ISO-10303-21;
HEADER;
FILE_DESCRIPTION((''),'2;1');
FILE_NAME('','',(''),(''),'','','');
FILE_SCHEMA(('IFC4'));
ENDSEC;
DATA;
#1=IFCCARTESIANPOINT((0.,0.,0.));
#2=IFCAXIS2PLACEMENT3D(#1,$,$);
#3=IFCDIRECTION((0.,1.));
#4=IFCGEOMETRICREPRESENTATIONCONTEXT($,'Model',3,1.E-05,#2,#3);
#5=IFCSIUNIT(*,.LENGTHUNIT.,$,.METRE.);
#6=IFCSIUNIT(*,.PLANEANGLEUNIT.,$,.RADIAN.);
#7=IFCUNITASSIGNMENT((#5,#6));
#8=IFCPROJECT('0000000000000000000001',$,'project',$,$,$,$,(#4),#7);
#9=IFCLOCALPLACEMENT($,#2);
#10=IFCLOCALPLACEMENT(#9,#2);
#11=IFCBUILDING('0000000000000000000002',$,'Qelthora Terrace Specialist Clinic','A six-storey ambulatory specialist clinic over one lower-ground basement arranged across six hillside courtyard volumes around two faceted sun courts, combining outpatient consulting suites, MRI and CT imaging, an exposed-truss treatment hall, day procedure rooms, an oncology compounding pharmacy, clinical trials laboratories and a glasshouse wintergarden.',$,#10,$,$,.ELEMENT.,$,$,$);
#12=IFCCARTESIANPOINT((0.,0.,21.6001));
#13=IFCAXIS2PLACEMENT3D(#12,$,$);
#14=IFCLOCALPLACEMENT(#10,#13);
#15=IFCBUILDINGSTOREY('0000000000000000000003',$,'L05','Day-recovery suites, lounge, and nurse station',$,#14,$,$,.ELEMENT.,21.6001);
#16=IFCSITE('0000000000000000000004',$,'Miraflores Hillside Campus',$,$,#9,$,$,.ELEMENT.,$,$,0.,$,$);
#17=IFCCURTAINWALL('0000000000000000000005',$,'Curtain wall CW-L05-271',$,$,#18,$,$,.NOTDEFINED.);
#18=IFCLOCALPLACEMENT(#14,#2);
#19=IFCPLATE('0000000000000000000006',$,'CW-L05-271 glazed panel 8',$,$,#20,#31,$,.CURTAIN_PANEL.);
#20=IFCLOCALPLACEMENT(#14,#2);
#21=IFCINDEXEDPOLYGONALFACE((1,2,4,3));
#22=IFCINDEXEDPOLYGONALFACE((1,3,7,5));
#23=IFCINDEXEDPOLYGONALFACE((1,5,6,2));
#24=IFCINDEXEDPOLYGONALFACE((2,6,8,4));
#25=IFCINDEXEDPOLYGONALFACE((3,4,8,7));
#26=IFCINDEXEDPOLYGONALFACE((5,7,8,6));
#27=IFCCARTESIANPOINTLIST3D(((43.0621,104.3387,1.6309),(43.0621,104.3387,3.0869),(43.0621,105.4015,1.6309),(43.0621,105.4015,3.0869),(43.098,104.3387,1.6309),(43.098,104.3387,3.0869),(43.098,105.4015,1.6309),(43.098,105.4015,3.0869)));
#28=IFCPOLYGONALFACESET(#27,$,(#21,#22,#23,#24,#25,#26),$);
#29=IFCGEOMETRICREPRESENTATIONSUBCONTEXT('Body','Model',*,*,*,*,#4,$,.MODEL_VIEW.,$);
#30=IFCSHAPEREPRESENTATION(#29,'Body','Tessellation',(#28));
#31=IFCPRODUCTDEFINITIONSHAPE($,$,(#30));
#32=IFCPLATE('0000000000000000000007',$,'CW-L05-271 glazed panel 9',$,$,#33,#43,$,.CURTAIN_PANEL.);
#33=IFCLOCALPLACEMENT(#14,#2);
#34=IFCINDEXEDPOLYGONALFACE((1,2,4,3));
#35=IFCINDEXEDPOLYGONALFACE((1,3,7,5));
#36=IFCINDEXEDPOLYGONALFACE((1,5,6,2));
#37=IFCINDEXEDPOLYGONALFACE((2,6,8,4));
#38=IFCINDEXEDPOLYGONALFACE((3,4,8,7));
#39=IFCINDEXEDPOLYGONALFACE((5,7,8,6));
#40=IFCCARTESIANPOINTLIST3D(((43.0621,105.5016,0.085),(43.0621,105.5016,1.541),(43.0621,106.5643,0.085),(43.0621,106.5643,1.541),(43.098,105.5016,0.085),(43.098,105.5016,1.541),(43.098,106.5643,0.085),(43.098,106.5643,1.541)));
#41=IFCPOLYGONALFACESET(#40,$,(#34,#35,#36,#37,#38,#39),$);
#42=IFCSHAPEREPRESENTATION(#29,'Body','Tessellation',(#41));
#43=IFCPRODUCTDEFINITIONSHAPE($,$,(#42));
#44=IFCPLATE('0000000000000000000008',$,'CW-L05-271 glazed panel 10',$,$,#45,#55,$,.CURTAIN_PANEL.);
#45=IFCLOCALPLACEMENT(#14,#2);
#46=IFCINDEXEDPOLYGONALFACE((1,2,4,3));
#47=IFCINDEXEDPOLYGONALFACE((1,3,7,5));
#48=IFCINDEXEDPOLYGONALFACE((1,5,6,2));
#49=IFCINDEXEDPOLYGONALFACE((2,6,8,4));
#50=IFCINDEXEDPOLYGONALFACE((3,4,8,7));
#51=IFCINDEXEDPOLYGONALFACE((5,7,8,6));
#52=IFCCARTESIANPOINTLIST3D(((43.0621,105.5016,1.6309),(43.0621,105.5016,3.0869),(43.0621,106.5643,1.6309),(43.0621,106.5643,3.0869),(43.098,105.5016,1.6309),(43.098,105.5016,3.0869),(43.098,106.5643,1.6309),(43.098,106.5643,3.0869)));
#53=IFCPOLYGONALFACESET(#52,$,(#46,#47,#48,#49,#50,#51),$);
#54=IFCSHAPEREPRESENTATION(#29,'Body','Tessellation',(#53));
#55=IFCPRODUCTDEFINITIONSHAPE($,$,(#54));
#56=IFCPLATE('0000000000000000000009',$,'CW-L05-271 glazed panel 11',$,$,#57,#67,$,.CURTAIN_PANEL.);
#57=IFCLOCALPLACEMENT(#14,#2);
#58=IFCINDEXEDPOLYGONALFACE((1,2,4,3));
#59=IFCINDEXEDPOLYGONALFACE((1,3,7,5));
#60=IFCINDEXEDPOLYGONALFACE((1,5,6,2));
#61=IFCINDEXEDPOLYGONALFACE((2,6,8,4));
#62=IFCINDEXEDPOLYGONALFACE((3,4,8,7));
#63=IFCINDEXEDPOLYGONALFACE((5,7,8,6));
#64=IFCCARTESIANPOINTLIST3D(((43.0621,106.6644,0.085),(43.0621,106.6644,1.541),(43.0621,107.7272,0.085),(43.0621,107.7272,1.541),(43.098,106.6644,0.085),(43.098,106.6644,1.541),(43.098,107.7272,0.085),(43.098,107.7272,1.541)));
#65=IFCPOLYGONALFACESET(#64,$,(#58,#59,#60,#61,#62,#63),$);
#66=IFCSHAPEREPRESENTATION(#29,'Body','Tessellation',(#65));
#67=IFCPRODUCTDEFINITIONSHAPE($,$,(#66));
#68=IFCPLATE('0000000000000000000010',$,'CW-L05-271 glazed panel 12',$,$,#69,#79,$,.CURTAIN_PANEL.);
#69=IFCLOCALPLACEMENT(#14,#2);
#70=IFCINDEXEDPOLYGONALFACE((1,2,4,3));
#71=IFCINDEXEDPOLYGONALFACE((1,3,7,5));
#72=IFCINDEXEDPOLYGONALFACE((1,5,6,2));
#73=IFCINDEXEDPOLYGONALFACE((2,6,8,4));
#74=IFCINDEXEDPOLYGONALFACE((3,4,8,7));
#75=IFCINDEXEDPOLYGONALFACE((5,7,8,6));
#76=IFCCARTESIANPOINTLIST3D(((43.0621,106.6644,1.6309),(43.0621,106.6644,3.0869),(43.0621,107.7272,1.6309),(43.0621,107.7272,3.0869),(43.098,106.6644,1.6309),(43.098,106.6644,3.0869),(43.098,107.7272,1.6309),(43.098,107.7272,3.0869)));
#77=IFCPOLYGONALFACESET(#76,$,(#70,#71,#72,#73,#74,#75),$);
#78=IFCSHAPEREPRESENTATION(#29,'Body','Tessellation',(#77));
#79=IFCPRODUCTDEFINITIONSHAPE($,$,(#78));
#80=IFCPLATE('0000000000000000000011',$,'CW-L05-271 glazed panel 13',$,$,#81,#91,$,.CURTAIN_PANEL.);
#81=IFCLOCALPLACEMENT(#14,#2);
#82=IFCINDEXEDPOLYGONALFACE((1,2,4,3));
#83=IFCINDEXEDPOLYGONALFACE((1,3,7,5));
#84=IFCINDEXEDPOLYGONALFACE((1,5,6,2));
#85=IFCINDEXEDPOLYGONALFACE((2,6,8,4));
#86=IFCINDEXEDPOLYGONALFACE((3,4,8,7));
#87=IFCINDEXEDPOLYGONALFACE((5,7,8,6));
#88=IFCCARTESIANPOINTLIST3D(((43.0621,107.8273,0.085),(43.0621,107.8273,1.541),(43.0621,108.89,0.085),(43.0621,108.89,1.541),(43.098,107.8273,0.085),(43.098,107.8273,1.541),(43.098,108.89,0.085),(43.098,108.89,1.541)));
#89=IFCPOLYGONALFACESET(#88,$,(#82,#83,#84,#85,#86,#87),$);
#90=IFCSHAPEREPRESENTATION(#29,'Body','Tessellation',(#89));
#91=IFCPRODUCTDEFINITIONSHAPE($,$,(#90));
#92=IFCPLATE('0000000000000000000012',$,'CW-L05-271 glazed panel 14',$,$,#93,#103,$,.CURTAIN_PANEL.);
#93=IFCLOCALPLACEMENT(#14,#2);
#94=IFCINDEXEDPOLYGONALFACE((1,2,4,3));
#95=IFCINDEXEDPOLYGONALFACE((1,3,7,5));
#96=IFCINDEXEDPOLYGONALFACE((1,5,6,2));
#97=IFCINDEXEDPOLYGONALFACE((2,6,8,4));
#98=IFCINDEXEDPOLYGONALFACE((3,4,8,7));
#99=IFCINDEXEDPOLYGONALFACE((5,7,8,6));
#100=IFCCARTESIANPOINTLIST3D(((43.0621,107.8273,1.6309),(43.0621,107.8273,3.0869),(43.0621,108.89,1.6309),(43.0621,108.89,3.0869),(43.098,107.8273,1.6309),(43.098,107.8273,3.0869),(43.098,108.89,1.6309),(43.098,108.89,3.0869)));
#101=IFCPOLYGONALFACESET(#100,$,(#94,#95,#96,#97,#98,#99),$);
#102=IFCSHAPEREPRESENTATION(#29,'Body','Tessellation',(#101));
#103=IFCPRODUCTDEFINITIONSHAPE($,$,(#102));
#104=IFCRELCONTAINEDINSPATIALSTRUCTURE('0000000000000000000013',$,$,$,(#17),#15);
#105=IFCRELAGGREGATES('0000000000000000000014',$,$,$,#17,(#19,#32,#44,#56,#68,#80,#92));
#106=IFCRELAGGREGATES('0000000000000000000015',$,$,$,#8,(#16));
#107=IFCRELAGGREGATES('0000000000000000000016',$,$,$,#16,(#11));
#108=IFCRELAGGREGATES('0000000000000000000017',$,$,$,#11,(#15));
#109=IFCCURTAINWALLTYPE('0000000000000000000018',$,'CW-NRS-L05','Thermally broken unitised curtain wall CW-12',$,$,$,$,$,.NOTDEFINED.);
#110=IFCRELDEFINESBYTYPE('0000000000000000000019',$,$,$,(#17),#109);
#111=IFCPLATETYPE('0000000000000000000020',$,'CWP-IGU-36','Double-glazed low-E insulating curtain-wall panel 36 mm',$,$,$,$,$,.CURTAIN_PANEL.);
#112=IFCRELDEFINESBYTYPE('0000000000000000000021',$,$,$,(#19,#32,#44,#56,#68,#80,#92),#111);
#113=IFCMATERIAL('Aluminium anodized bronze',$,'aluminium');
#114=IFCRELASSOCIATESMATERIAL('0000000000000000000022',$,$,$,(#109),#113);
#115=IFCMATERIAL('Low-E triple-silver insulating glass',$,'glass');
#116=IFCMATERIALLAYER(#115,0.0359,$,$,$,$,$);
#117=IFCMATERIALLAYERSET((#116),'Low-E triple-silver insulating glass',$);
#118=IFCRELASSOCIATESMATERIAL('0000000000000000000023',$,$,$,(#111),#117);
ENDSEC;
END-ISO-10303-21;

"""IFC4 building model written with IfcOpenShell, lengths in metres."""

from ifc_helpers import new_model, si_unit, direction, frame, origin, origin_2d, place, context, subcontext, project, spatial, rectangle, extrude, material, layer, layer_set, type_object, element, aggregate, save


model = new_model("IFC4")

# Units and contexts
model_context = context("Model", 3, precision=1e-05, world=origin(), true_north=direction((0.0, 1.0)))
body_context = subcontext(model_context, "Body", "Model", "MODEL_VIEW")
ifc_project = project(units=[si_unit("LENGTHUNIT", "METRE"), si_unit("PLANEANGLEUNIT", "RADIAN")], contexts=[model_context])

# Site, building, storey
site_placement = place(None, origin())
site = spatial("IfcSite", under=ifc_project, at=site_placement, Name="Miraflores Hillside Campus", CompositionType="ELEMENT", RefElevation=0.0)
building_placement = place(site_placement, origin())
building = spatial("IfcBuilding", under=site, at=building_placement, Name="Qelthora Terrace Specialist Clinic", Description="A six-storey ambulatory specialist clinic over one lower-ground basement arranged across six hillside courtyard volumes around two faceted sun courts, combining outpatient consulting suites, MRI and CT imaging, an exposed-truss treatment hall, day procedure rooms, an oncology compounding pharmacy, clinical trials laboratories and a glasshouse wintergarden.", CompositionType="ELEMENT")
storey_placement = place(building_placement, frame((0.0, 0.0, 21.6001)))
storey = spatial("IfcBuildingStorey", under=building, at=storey_placement, Name="L05", Description="Day-recovery suites, lounge, and nurse station", CompositionType="ELEMENT", Elevation=21.6001)

# Curtain wall, plates
ifc_material_1 = material(Name="Aluminium anodized bronze", Category="aluminium")
curtain_wall_type = type_object("IfcCurtainWallType", Name="CW-NRS-L05", Description="Thermally broken unitised curtain wall CW-12", PredefinedType="NOTDEFINED", material=ifc_material_1)
curtain_wall_placement = place(storey_placement, origin())
curtain_wall = element("IfcCurtainWall", 1, at=curtain_wall_placement, inside=storey, type_object=curtain_wall_type, Name="Curtain wall CW-L05-271", PredefinedType="NOTDEFINED")
ifc_material_2 = material(Name="Low-E triple-silver insulating glass", Category="glass")
ifc_layer = layer(ifc_material_2, 0.0359)
ifc_layer_set = layer_set([ifc_layer], Name="Low-E triple-silver insulating glass")
plate_type = type_object("IfcPlateType", Name="CWP-IGU-36", Description="Double-glazed low-E insulating curtain-wall panel 36 mm", PredefinedType="CURTAIN_PANEL", material=ifc_layer_set)
plate_1_placement = place(storey_placement, frame((43.0801, 104.8701, 1.6309), z_axis=(0.0, 0.0, 1.0), x_axis=(0.0, 1.0, 0.0)))
plate_1 = element("IfcPlate", 2, at=plate_1_placement, type_object=plate_type, Name="CW-L05-271 glazed panel 8", PredefinedType="CURTAIN_PANEL", context=body_context, shape_type="SweptSolid", body=[
    extrude(rectangle(XDim=1.0627, YDim=0.0359, at=origin_2d()), origin(), (0.0, 0.0, 1.0), 1.4561),
])
plate_2_placement = place(storey_placement, frame((43.0801, 106.033, 0.085), z_axis=(0.0, 0.0, 1.0), x_axis=(0.0, 1.0, 0.0)))
plate_2 = element("IfcPlate", 3, at=plate_2_placement, type_object=plate_type, Name="CW-L05-271 glazed panel 9", PredefinedType="CURTAIN_PANEL", context=body_context, shape_type="SweptSolid", body=[
    extrude(rectangle(XDim=1.0627, YDim=0.0359, at=origin_2d()), origin(), (0.0, 0.0, 1.0), 1.4561),
])
plate_3_placement = place(storey_placement, frame((43.0801, 106.033, 1.6309), z_axis=(0.0, 0.0, 1.0), x_axis=(0.0, 1.0, 0.0)))
plate_3 = element("IfcPlate", 4, at=plate_3_placement, type_object=plate_type, Name="CW-L05-271 glazed panel 10", PredefinedType="CURTAIN_PANEL", context=body_context, shape_type="SweptSolid", body=[
    extrude(rectangle(XDim=1.0627, YDim=0.0359, at=origin_2d()), origin(), (0.0, 0.0, 1.0), 1.4561),
])
plate_4_placement = place(storey_placement, frame((43.0801, 107.1958, 0.085), z_axis=(0.0, 0.0, 1.0), x_axis=(0.0, 1.0, 0.0)))
plate_4 = element("IfcPlate", 5, at=plate_4_placement, type_object=plate_type, Name="CW-L05-271 glazed panel 11", PredefinedType="CURTAIN_PANEL", context=body_context, shape_type="SweptSolid", body=[
    extrude(rectangle(XDim=1.0627, YDim=0.0359, at=origin_2d()), origin(), (0.0, 0.0, 1.0), 1.4561),
])
plate_5_placement = place(storey_placement, frame((43.0801, 107.1958, 1.6309), z_axis=(0.0, 0.0, 1.0), x_axis=(0.0, 1.0, 0.0)))
plate_5 = element("IfcPlate", 6, at=plate_5_placement, type_object=plate_type, Name="CW-L05-271 glazed panel 12", PredefinedType="CURTAIN_PANEL", context=body_context, shape_type="SweptSolid", body=[
    extrude(rectangle(XDim=1.0627, YDim=0.0359, at=origin_2d()), origin(), (0.0, 0.0, 1.0), 1.4561),
])
plate_6_placement = place(storey_placement, frame((43.0801, 108.3586, 0.085), z_axis=(0.0, 0.0, 1.0), x_axis=(0.0, 1.0, 0.0)))
plate_6 = element("IfcPlate", 7, at=plate_6_placement, type_object=plate_type, Name="CW-L05-271 glazed panel 13", PredefinedType="CURTAIN_PANEL", context=body_context, shape_type="SweptSolid", body=[
    extrude(rectangle(XDim=1.0627, YDim=0.0359, at=origin_2d()), origin(), (0.0, 0.0, 1.0), 1.4561),
])
plate_7_placement = place(storey_placement, frame((43.0801, 108.3586, 1.6309), z_axis=(0.0, 0.0, 1.0), x_axis=(0.0, 1.0, 0.0)))
plate_7 = element("IfcPlate", 8, at=plate_7_placement, type_object=plate_type, Name="CW-L05-271 glazed panel 14", PredefinedType="CURTAIN_PANEL", context=body_context, shape_type="SweptSolid", body=[
    extrude(rectangle(XDim=1.0627, YDim=0.0359, at=origin_2d()), origin(), (0.0, 0.0, 1.0), 1.4561),
])
aggregate(curtain_wall, [plate_1, plate_2, plate_3, plate_4, plate_5, plate_6, plate_7])

save(model, "model.ifc")
